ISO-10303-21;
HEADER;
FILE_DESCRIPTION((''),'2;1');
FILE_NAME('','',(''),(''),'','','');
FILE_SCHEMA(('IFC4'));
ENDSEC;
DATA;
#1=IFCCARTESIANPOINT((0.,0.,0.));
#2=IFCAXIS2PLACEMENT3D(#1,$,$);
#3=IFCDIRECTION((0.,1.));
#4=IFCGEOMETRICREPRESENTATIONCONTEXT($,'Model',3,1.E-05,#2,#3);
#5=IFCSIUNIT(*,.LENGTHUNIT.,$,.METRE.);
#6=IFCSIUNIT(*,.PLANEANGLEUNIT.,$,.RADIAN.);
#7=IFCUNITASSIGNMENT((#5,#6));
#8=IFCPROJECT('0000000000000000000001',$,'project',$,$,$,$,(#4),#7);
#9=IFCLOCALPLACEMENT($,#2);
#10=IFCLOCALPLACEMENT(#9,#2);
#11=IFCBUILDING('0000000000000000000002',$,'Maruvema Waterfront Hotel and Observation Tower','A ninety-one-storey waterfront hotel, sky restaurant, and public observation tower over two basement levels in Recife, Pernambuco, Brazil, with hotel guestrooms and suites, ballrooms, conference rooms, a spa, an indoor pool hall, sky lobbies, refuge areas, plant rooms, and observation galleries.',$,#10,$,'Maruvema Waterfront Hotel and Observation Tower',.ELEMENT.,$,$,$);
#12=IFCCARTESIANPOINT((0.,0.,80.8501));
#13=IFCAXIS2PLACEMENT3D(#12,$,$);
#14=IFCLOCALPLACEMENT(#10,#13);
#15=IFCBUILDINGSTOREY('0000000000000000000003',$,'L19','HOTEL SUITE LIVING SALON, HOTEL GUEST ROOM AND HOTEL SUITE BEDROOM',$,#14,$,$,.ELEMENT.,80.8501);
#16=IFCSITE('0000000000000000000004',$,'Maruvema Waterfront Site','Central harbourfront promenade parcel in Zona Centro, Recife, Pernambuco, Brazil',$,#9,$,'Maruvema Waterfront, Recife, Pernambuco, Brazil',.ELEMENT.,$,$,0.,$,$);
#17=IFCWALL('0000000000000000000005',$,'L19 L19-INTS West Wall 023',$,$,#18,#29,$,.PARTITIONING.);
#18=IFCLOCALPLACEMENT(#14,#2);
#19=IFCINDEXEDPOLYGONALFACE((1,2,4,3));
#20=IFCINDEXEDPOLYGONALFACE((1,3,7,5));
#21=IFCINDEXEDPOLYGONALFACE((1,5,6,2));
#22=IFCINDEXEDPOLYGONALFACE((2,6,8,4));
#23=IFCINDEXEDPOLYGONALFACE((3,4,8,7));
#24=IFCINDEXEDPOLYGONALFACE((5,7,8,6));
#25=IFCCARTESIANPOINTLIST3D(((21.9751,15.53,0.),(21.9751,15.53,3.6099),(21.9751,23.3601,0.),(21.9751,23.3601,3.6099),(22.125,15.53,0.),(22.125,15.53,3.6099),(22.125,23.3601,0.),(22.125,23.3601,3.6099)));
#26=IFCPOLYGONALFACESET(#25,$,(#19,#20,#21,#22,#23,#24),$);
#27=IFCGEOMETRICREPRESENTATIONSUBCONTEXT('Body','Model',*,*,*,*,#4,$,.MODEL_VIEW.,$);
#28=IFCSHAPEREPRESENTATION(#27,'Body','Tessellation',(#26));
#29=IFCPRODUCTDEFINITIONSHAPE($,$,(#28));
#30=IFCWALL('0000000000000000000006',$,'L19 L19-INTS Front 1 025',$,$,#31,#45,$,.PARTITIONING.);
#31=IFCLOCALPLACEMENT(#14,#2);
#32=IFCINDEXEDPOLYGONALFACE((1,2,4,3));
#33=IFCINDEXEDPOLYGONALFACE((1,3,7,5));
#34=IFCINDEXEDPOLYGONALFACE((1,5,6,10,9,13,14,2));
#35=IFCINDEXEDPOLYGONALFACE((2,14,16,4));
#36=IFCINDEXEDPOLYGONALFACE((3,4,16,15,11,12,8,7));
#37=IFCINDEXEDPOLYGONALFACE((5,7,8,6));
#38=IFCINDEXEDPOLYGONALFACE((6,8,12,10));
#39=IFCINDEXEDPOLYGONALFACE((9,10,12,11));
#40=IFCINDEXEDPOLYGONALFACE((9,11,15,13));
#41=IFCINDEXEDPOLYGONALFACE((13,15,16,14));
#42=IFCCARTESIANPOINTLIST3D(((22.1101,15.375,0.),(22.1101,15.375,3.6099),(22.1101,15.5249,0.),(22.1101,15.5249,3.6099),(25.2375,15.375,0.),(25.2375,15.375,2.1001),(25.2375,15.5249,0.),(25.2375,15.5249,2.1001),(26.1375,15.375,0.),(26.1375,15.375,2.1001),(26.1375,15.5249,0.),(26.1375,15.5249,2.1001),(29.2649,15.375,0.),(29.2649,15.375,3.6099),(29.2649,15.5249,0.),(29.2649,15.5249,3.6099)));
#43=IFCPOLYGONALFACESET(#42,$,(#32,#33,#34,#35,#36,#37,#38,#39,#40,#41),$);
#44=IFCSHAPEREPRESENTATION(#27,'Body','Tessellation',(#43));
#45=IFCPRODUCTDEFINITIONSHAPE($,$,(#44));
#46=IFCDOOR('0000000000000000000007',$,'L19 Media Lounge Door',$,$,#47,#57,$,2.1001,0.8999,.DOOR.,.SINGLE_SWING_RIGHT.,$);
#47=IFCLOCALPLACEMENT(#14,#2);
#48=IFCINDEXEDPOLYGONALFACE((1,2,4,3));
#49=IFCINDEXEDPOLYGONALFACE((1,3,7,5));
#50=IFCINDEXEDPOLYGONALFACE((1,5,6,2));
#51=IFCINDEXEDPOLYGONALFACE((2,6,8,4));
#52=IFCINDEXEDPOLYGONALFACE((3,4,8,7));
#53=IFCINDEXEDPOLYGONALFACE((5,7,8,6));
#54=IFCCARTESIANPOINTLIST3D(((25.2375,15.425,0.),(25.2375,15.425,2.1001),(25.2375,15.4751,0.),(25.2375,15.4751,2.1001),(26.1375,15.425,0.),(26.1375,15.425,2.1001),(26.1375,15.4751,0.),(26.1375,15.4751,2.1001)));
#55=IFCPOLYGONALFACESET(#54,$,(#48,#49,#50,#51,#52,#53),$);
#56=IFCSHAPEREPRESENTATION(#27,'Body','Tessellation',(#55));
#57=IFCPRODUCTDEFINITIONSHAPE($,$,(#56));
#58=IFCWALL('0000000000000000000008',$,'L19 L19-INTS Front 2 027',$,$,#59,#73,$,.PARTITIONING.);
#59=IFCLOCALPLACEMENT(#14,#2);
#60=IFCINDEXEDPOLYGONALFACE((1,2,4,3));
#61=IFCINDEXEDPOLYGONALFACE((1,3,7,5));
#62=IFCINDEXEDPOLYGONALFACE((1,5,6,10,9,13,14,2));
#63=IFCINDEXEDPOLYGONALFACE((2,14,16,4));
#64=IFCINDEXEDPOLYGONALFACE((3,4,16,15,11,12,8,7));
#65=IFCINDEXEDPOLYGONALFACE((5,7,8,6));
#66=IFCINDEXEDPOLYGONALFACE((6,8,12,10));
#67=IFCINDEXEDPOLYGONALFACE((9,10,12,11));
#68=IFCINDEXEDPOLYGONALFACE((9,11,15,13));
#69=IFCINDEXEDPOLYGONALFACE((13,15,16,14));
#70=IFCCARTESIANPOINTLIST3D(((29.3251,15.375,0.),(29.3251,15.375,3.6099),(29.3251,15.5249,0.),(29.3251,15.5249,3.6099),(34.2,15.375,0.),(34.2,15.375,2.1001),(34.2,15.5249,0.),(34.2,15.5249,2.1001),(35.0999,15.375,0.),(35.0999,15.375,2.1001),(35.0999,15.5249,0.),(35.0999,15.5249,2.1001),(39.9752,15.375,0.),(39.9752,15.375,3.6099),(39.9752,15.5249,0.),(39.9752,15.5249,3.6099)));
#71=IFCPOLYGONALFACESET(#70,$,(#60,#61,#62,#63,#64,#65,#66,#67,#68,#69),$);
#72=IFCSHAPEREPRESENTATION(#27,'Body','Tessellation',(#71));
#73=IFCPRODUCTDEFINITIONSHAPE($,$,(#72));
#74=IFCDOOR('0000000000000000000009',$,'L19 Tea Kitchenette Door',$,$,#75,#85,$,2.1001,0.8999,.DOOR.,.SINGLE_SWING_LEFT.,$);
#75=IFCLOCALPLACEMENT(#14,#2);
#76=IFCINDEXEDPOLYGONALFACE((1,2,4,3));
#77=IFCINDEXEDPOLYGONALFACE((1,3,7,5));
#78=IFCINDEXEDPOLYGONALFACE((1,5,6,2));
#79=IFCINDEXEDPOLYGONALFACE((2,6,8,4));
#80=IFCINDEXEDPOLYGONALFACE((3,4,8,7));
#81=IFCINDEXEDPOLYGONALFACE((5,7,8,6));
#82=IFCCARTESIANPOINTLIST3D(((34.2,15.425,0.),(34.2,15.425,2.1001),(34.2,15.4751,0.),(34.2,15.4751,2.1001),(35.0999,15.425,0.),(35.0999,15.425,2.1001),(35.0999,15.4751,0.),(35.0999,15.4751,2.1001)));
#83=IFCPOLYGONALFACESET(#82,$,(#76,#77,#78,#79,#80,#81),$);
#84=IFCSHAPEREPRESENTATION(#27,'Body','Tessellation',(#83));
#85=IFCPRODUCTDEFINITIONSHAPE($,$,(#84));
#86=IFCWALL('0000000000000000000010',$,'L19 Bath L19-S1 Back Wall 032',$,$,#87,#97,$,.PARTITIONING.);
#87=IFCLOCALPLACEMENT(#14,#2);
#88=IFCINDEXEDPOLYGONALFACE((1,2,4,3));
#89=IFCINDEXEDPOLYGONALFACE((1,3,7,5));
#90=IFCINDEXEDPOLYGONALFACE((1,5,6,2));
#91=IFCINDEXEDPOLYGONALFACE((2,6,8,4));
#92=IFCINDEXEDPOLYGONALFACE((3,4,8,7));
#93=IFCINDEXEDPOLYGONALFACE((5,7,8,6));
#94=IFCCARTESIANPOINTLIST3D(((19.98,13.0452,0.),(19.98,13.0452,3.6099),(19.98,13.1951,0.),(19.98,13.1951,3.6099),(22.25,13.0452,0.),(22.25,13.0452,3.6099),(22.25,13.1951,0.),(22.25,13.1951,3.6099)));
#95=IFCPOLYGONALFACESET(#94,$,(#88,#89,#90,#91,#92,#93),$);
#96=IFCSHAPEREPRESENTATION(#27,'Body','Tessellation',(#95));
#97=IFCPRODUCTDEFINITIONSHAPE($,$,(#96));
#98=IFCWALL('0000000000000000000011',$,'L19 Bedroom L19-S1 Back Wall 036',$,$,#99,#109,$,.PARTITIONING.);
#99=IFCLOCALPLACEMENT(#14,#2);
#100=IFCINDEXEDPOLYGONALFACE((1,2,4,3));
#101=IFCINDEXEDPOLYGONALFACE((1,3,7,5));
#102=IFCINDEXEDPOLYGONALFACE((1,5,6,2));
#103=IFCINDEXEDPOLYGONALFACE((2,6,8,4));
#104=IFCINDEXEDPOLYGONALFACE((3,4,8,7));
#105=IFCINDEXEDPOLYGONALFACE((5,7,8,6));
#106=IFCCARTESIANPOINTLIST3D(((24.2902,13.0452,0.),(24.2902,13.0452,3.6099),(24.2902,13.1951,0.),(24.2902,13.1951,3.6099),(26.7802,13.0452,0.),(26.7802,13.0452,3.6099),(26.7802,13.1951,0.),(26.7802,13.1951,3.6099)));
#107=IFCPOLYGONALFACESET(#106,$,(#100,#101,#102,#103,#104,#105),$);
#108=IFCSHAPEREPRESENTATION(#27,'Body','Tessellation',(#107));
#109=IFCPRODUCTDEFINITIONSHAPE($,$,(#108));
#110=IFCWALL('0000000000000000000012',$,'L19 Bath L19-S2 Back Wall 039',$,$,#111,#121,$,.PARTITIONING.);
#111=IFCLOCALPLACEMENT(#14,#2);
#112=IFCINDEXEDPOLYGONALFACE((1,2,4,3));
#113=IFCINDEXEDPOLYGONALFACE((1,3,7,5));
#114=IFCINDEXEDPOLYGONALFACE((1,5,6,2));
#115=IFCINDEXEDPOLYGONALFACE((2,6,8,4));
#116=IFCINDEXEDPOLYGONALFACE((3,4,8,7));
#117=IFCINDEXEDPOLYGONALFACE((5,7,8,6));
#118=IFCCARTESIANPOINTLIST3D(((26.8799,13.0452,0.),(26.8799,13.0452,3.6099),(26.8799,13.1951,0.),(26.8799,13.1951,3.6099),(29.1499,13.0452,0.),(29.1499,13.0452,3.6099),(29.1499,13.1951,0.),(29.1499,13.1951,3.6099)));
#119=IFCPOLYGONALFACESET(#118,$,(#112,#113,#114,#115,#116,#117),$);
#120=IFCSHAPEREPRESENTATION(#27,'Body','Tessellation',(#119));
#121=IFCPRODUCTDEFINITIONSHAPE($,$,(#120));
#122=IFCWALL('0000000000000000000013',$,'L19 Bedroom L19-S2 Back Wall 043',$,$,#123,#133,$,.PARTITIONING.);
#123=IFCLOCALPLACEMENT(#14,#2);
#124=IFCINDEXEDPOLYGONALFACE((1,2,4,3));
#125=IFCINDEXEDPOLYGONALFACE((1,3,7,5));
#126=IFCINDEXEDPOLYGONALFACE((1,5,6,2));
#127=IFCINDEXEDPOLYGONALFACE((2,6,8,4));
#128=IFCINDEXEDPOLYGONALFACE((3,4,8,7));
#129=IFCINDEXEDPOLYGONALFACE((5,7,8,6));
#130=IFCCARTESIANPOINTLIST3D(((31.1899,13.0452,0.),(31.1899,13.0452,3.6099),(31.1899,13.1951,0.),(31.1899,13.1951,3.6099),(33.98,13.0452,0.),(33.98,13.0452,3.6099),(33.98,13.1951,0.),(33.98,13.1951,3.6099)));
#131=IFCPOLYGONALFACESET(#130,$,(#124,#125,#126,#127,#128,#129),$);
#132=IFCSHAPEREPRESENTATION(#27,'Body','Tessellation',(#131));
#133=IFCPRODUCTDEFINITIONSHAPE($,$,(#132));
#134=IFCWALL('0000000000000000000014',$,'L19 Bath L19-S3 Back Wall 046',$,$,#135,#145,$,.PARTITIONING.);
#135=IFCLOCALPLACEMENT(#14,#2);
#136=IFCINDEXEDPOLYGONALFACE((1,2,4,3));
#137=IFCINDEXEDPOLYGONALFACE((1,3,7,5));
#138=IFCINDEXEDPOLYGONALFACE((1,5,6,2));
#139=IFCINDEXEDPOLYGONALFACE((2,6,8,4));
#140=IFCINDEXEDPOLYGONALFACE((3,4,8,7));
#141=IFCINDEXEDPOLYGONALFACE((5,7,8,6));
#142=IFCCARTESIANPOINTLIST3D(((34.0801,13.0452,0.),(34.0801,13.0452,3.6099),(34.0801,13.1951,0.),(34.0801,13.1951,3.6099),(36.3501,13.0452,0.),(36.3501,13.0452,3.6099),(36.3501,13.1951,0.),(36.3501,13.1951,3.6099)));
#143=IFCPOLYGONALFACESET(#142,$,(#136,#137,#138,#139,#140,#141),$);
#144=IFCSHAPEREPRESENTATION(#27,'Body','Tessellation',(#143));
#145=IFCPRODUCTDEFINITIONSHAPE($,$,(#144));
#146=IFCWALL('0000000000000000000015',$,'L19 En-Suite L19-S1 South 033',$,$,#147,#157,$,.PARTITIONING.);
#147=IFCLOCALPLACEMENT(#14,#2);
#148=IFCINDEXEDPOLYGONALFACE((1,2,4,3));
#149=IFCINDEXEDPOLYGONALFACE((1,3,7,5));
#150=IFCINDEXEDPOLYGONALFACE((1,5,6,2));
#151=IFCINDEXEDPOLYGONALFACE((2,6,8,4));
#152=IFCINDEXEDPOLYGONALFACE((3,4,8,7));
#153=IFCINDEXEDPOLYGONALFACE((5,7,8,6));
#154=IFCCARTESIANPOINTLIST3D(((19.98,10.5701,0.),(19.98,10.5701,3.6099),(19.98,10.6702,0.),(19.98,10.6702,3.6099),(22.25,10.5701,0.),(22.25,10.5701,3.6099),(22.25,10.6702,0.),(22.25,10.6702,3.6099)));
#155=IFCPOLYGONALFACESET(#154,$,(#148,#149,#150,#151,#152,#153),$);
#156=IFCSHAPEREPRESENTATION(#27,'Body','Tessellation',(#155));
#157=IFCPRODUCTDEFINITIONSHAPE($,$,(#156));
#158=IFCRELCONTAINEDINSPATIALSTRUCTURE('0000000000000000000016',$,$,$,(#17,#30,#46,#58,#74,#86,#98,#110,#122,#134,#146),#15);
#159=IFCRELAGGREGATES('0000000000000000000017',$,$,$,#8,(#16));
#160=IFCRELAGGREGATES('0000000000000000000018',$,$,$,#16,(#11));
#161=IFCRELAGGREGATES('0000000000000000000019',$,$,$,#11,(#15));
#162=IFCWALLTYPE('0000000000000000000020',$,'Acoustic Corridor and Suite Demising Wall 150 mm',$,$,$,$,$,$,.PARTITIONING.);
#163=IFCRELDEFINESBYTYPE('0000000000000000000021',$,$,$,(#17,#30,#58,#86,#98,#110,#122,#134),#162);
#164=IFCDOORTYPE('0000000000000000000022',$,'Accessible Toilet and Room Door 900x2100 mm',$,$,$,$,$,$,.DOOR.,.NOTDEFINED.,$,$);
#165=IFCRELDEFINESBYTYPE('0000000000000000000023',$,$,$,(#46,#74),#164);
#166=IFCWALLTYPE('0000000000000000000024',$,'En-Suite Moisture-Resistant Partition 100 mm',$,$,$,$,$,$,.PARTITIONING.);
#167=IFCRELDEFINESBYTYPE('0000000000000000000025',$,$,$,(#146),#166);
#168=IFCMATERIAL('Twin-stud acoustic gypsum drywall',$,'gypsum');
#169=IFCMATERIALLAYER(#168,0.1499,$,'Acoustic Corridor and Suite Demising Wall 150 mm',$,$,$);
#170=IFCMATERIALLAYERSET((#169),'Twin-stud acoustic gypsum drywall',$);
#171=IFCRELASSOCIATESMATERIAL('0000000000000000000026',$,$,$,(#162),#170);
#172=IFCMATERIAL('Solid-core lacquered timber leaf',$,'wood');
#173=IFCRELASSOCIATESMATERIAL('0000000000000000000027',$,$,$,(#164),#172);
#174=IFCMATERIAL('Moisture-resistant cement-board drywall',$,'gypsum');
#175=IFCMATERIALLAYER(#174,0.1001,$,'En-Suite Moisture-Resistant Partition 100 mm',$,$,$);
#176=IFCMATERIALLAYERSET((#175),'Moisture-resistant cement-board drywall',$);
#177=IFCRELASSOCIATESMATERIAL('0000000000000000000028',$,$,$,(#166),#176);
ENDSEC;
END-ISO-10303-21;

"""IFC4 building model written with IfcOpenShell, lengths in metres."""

from ifc_helpers import new_model, si_unit, direction, frame, frame_2d, origin, place, context, subcontext, project, spatial, rectangle, extrude, material, layer, layer_set, type_object, element, fill, save


model = new_model("IFC4")

# Units and contexts
model_context = context("Model", 3, precision=1e-05, world=origin(), true_north=direction((0.0, 1.0)))
body_context = subcontext(model_context, "Body", "Model", "MODEL_VIEW")
ifc_project = project(units=[si_unit("LENGTHUNIT", "METRE"), si_unit("PLANEANGLEUNIT", "RADIAN")], contexts=[model_context])

# Site, building, storey
site_placement = place(None, origin())
site = spatial("IfcSite", under=ifc_project, at=site_placement, Name="Maruvema Waterfront Site", Description="Central harbourfront promenade parcel in Zona Centro, Recife, Pernambuco, Brazil", LongName="Maruvema Waterfront, Recife, Pernambuco, Brazil", CompositionType="ELEMENT", RefElevation=0.0)
building_placement = place(site_placement, origin())
building = spatial("IfcBuilding", under=site, at=building_placement, Name="Maruvema Waterfront Hotel and Observation Tower", Description="A ninety-one-storey waterfront hotel, sky restaurant, and public observation tower over two basement levels in Recife, Pernambuco, Brazil, with hotel guestrooms and suites, ballrooms, conference rooms, a spa, an indoor pool hall, sky lobbies, refuge areas, plant rooms, and observation galleries.", LongName="Maruvema Waterfront Hotel and Observation Tower", CompositionType="ELEMENT")
storey_placement = place(building_placement, frame((0.0, 0.0, 80.8501)))
storey = spatial("IfcBuildingStorey", under=building, at=storey_placement, Name="L19", Description="HOTEL SUITE LIVING SALON, HOTEL GUEST ROOM AND HOTEL SUITE BEDROOM", CompositionType="ELEMENT", Elevation=80.8501)

# Wall
ifc_material_1 = material(Name="Twin-stud acoustic gypsum drywall", Category="gypsum")
ifc_layer_1 = layer(ifc_material_1, 0.1499, Name="Acoustic Corridor and Suite Demising Wall 150 mm")
ifc_layer_set_1 = layer_set([ifc_layer_1], Name="Twin-stud acoustic gypsum drywall")
wall_type_1 = type_object("IfcWallType", Name="Acoustic Corridor and Suite Demising Wall 150 mm", PredefinedType="PARTITIONING", material=ifc_layer_set_1)
wall_1_placement = place(storey_placement, frame((22.05, 15.53, 0.0), z_axis=(0.0, 0.0, 1.0), x_axis=(0.0, 1.0, 0.0)))
element("IfcWall", 1, at=wall_1_placement, inside=storey, type_object=wall_type_1, Name="L19 L19-INTS West Wall 023", PredefinedType="PARTITIONING", context=body_context, shape_type="SweptSolid", body=[
    extrude(rectangle(XDim=7.8301, YDim=0.1499, at=frame_2d((3.915, 0.0))), origin(), (0.0, 0.0, 1.0), 3.6099),
])

# Walls, openings, doors
wall_2_placement = place(storey_placement, frame((22.1101, 15.45, 0.0), z_axis=(0.0, 0.0, 1.0), x_axis=(1.0, 0.0, 0.0)))
wall_2 = element("IfcWall", 2, at=wall_2_placement, inside=storey, type_object=wall_type_1, Name="L19 L19-INTS Front 1 025", PredefinedType="PARTITIONING", context=body_context, shape_type="SweptSolid", body=[
    extrude(rectangle(XDim=7.1548, YDim=0.1499, at=frame_2d((3.5774, 0.0))), origin(), (0.0, 0.0, 1.0), 3.6099),
])
opening_1_placement = place(wall_2_placement, frame((3.1274, 0.0, 0.0)))
opening_1 = element("IfcOpeningElement", 3, at=opening_1_placement, cuts=wall_2, PredefinedType="OPENING", context=body_context, shape_type="SweptSolid", body=[
    extrude(rectangle(XDim=0.8999, YDim=2.1001, at=frame_2d((0.45, 1.05))), frame((0.0, 0.085, 0.0), z_axis=(0.0, -1.0, 0.0), x_axis=(1.0, 0.0, 0.0)), (0.0, 0.0, 1.0), 0.1699),
])
ifc_material_2 = material(Name="Solid-core lacquered timber leaf", Category="wood")
door_type_1 = type_object("IfcDoorType", Name="Accessible Toilet and Room Door 900x2100 mm", OperationType="NOTDEFINED", PredefinedType="DOOR", material=ifc_material_2)
door_1_placement = place(opening_1_placement, frame((0.8999, 0.0, 0.0), z_axis=(0.0, 0.0, 1.0), x_axis=(-1.0, 0.0, 0.0)))
door_1 = element("IfcDoor", 4, at=door_1_placement, inside=storey, type_object=door_type_1, Name="L19 Media Lounge Door", OperationType="SINGLE_SWING_RIGHT", OverallHeight=2.1001, OverallWidth=0.8999, PredefinedType="DOOR", context=body_context, shape_type="SweptSolid", body=[
    extrude(rectangle(XDim=0.8999, YDim=2.1001, at=frame_2d((0.45, 1.05))), frame((0.0, 0.0249, 0.0), z_axis=(0.0, -1.0, 0.0), x_axis=(1.0, 0.0, 0.0)), (0.0, 0.0, 1.0), 0.05),
])
fill(opening_1, door_1)
wall_3_placement = place(storey_placement, frame((29.325, 15.45, 0.0), z_axis=(0.0, 0.0, 1.0), x_axis=(1.0, 0.0, 0.0)))
wall_3 = element("IfcWall", 5, at=wall_3_placement, inside=storey, type_object=wall_type_1, Name="L19 L19-INTS Front 2 027", PredefinedType="PARTITIONING", context=body_context, shape_type="SweptSolid", body=[
    extrude(rectangle(XDim=10.6501, YDim=0.1499, at=frame_2d((5.3252, 0.0))), origin(), (0.0, 0.0, 1.0), 3.6099),
])
opening_2_placement = place(wall_3_placement, frame((4.875, 0.0, 0.0)))
opening_2 = element("IfcOpeningElement", 6, at=opening_2_placement, cuts=wall_3, PredefinedType="OPENING", context=body_context, shape_type="SweptSolid", body=[
    extrude(rectangle(XDim=0.8999, YDim=2.1001, at=frame_2d((0.45, 1.05))), frame((0.0, 0.085, 0.0), z_axis=(0.0, -1.0, 0.0), x_axis=(1.0, 0.0, 0.0)), (0.0, 0.0, 1.0), 0.1699),
])
door_2_placement = place(opening_2_placement, frame((0.8999, 0.0, 0.0), z_axis=(0.0, 0.0, 1.0), x_axis=(-1.0, 0.0, 0.0)))
door_2 = element("IfcDoor", 7, at=door_2_placement, inside=storey, type_object=door_type_1, Name="L19 Tea Kitchenette Door", OperationType="SINGLE_SWING_LEFT", OverallHeight=2.1001, OverallWidth=0.8999, PredefinedType="DOOR", context=body_context, shape_type="SweptSolid", body=[
    extrude(rectangle(XDim=0.8999, YDim=2.1001, at=frame_2d((0.45, 1.05))), frame((0.0, 0.0249, 0.0), z_axis=(0.0, -1.0, 0.0), x_axis=(1.0, 0.0, 0.0)), (0.0, 0.0, 1.0), 0.05),
])
fill(opening_2, door_2)

# Wall
wall_4_placement = place(storey_placement, frame((19.98, 13.1201, 0.0), z_axis=(0.0, 0.0, 1.0), x_axis=(1.0, 0.0, 0.0)))
element("IfcWall", 8, at=wall_4_placement, inside=storey, type_object=wall_type_1, Name="L19 Bath L19-S1 Back Wall 032", PredefinedType="PARTITIONING", context=body_context, shape_type="SweptSolid", body=[
    extrude(rectangle(XDim=2.27, YDim=0.1499, at=frame_2d((1.135, 0.0))), origin(), (0.0, 0.0, 1.0), 3.6099),
])

# Walls
wall_5_placement = place(storey_placement, frame((24.29, 13.1201, 0.0), z_axis=(0.0, 0.0, 1.0), x_axis=(1.0, 0.0, 0.0)))
element("IfcWall", 9, at=wall_5_placement, inside=storey, type_object=wall_type_1, Name="L19 Bedroom L19-S1 Back Wall 036", PredefinedType="PARTITIONING", context=body_context, shape_type="SweptSolid", body=[
    extrude(rectangle(XDim=2.49, YDim=0.1499, at=frame_2d((1.2451, 0.0))), origin(), (0.0, 0.0, 1.0), 3.6099),
])
wall_6_placement = place(storey_placement, frame((26.8799, 13.1201, 0.0), z_axis=(0.0, 0.0, 1.0), x_axis=(1.0, 0.0, 0.0)))
element("IfcWall", 10, at=wall_6_placement, inside=storey, type_object=wall_type_1, Name="L19 Bath L19-S2 Back Wall 039", PredefinedType="PARTITIONING", context=body_context, shape_type="SweptSolid", body=[
    extrude(rectangle(XDim=2.27, YDim=0.1499, at=frame_2d((1.135, 0.0))), origin(), (0.0, 0.0, 1.0), 3.6099),
])

# Walls
wall_7_placement = place(storey_placement, frame((31.1899, 13.1201, 0.0), z_axis=(0.0, 0.0, 1.0), x_axis=(1.0, 0.0, 0.0)))
element("IfcWall", 11, at=wall_7_placement, inside=storey, type_object=wall_type_1, Name="L19 Bedroom L19-S2 Back Wall 043", PredefinedType="PARTITIONING", context=body_context, shape_type="SweptSolid", body=[
    extrude(rectangle(XDim=2.79, YDim=0.1499, at=frame_2d((1.395, 0.0))), origin(), (0.0, 0.0, 1.0), 3.6099),
])
wall_8_placement = place(storey_placement, frame((34.0801, 13.1201, 0.0), z_axis=(0.0, 0.0, 1.0), x_axis=(1.0, 0.0, 0.0)))
element("IfcWall", 12, at=wall_8_placement, inside=storey, type_object=wall_type_1, Name="L19 Bath L19-S3 Back Wall 046", PredefinedType="PARTITIONING", context=body_context, shape_type="SweptSolid", body=[
    extrude(rectangle(XDim=2.27, YDim=0.1499, at=frame_2d((1.135, 0.0))), origin(), (0.0, 0.0, 1.0), 3.6099),
])
ifc_material_3 = material(Name="Moisture-resistant cement-board drywall", Category="gypsum")
ifc_layer_2 = layer(ifc_material_3, 0.1001, Name="En-Suite Moisture-Resistant Partition 100 mm")
ifc_layer_set_2 = layer_set([ifc_layer_2], Name="Moisture-resistant cement-board drywall")
wall_type_2 = type_object("IfcWallType", Name="En-Suite Moisture-Resistant Partition 100 mm", PredefinedType="PARTITIONING", material=ifc_layer_set_2)
wall_9_placement = place(storey_placement, frame((19.98, 10.6201, 0.0), z_axis=(0.0, 0.0, 1.0), x_axis=(1.0, 0.0, 0.0)))
element("IfcWall", 13, at=wall_9_placement, inside=storey, type_object=wall_type_2, Name="L19 En-Suite L19-S1 South 033", PredefinedType="PARTITIONING", context=body_context, shape_type="SweptSolid", body=[
    extrude(rectangle(XDim=2.27, YDim=0.1001, at=frame_2d((1.135, 0.0))), origin(), (0.0, 0.0, 1.0), 3.6099),
])

save(model, "model.ifc")
